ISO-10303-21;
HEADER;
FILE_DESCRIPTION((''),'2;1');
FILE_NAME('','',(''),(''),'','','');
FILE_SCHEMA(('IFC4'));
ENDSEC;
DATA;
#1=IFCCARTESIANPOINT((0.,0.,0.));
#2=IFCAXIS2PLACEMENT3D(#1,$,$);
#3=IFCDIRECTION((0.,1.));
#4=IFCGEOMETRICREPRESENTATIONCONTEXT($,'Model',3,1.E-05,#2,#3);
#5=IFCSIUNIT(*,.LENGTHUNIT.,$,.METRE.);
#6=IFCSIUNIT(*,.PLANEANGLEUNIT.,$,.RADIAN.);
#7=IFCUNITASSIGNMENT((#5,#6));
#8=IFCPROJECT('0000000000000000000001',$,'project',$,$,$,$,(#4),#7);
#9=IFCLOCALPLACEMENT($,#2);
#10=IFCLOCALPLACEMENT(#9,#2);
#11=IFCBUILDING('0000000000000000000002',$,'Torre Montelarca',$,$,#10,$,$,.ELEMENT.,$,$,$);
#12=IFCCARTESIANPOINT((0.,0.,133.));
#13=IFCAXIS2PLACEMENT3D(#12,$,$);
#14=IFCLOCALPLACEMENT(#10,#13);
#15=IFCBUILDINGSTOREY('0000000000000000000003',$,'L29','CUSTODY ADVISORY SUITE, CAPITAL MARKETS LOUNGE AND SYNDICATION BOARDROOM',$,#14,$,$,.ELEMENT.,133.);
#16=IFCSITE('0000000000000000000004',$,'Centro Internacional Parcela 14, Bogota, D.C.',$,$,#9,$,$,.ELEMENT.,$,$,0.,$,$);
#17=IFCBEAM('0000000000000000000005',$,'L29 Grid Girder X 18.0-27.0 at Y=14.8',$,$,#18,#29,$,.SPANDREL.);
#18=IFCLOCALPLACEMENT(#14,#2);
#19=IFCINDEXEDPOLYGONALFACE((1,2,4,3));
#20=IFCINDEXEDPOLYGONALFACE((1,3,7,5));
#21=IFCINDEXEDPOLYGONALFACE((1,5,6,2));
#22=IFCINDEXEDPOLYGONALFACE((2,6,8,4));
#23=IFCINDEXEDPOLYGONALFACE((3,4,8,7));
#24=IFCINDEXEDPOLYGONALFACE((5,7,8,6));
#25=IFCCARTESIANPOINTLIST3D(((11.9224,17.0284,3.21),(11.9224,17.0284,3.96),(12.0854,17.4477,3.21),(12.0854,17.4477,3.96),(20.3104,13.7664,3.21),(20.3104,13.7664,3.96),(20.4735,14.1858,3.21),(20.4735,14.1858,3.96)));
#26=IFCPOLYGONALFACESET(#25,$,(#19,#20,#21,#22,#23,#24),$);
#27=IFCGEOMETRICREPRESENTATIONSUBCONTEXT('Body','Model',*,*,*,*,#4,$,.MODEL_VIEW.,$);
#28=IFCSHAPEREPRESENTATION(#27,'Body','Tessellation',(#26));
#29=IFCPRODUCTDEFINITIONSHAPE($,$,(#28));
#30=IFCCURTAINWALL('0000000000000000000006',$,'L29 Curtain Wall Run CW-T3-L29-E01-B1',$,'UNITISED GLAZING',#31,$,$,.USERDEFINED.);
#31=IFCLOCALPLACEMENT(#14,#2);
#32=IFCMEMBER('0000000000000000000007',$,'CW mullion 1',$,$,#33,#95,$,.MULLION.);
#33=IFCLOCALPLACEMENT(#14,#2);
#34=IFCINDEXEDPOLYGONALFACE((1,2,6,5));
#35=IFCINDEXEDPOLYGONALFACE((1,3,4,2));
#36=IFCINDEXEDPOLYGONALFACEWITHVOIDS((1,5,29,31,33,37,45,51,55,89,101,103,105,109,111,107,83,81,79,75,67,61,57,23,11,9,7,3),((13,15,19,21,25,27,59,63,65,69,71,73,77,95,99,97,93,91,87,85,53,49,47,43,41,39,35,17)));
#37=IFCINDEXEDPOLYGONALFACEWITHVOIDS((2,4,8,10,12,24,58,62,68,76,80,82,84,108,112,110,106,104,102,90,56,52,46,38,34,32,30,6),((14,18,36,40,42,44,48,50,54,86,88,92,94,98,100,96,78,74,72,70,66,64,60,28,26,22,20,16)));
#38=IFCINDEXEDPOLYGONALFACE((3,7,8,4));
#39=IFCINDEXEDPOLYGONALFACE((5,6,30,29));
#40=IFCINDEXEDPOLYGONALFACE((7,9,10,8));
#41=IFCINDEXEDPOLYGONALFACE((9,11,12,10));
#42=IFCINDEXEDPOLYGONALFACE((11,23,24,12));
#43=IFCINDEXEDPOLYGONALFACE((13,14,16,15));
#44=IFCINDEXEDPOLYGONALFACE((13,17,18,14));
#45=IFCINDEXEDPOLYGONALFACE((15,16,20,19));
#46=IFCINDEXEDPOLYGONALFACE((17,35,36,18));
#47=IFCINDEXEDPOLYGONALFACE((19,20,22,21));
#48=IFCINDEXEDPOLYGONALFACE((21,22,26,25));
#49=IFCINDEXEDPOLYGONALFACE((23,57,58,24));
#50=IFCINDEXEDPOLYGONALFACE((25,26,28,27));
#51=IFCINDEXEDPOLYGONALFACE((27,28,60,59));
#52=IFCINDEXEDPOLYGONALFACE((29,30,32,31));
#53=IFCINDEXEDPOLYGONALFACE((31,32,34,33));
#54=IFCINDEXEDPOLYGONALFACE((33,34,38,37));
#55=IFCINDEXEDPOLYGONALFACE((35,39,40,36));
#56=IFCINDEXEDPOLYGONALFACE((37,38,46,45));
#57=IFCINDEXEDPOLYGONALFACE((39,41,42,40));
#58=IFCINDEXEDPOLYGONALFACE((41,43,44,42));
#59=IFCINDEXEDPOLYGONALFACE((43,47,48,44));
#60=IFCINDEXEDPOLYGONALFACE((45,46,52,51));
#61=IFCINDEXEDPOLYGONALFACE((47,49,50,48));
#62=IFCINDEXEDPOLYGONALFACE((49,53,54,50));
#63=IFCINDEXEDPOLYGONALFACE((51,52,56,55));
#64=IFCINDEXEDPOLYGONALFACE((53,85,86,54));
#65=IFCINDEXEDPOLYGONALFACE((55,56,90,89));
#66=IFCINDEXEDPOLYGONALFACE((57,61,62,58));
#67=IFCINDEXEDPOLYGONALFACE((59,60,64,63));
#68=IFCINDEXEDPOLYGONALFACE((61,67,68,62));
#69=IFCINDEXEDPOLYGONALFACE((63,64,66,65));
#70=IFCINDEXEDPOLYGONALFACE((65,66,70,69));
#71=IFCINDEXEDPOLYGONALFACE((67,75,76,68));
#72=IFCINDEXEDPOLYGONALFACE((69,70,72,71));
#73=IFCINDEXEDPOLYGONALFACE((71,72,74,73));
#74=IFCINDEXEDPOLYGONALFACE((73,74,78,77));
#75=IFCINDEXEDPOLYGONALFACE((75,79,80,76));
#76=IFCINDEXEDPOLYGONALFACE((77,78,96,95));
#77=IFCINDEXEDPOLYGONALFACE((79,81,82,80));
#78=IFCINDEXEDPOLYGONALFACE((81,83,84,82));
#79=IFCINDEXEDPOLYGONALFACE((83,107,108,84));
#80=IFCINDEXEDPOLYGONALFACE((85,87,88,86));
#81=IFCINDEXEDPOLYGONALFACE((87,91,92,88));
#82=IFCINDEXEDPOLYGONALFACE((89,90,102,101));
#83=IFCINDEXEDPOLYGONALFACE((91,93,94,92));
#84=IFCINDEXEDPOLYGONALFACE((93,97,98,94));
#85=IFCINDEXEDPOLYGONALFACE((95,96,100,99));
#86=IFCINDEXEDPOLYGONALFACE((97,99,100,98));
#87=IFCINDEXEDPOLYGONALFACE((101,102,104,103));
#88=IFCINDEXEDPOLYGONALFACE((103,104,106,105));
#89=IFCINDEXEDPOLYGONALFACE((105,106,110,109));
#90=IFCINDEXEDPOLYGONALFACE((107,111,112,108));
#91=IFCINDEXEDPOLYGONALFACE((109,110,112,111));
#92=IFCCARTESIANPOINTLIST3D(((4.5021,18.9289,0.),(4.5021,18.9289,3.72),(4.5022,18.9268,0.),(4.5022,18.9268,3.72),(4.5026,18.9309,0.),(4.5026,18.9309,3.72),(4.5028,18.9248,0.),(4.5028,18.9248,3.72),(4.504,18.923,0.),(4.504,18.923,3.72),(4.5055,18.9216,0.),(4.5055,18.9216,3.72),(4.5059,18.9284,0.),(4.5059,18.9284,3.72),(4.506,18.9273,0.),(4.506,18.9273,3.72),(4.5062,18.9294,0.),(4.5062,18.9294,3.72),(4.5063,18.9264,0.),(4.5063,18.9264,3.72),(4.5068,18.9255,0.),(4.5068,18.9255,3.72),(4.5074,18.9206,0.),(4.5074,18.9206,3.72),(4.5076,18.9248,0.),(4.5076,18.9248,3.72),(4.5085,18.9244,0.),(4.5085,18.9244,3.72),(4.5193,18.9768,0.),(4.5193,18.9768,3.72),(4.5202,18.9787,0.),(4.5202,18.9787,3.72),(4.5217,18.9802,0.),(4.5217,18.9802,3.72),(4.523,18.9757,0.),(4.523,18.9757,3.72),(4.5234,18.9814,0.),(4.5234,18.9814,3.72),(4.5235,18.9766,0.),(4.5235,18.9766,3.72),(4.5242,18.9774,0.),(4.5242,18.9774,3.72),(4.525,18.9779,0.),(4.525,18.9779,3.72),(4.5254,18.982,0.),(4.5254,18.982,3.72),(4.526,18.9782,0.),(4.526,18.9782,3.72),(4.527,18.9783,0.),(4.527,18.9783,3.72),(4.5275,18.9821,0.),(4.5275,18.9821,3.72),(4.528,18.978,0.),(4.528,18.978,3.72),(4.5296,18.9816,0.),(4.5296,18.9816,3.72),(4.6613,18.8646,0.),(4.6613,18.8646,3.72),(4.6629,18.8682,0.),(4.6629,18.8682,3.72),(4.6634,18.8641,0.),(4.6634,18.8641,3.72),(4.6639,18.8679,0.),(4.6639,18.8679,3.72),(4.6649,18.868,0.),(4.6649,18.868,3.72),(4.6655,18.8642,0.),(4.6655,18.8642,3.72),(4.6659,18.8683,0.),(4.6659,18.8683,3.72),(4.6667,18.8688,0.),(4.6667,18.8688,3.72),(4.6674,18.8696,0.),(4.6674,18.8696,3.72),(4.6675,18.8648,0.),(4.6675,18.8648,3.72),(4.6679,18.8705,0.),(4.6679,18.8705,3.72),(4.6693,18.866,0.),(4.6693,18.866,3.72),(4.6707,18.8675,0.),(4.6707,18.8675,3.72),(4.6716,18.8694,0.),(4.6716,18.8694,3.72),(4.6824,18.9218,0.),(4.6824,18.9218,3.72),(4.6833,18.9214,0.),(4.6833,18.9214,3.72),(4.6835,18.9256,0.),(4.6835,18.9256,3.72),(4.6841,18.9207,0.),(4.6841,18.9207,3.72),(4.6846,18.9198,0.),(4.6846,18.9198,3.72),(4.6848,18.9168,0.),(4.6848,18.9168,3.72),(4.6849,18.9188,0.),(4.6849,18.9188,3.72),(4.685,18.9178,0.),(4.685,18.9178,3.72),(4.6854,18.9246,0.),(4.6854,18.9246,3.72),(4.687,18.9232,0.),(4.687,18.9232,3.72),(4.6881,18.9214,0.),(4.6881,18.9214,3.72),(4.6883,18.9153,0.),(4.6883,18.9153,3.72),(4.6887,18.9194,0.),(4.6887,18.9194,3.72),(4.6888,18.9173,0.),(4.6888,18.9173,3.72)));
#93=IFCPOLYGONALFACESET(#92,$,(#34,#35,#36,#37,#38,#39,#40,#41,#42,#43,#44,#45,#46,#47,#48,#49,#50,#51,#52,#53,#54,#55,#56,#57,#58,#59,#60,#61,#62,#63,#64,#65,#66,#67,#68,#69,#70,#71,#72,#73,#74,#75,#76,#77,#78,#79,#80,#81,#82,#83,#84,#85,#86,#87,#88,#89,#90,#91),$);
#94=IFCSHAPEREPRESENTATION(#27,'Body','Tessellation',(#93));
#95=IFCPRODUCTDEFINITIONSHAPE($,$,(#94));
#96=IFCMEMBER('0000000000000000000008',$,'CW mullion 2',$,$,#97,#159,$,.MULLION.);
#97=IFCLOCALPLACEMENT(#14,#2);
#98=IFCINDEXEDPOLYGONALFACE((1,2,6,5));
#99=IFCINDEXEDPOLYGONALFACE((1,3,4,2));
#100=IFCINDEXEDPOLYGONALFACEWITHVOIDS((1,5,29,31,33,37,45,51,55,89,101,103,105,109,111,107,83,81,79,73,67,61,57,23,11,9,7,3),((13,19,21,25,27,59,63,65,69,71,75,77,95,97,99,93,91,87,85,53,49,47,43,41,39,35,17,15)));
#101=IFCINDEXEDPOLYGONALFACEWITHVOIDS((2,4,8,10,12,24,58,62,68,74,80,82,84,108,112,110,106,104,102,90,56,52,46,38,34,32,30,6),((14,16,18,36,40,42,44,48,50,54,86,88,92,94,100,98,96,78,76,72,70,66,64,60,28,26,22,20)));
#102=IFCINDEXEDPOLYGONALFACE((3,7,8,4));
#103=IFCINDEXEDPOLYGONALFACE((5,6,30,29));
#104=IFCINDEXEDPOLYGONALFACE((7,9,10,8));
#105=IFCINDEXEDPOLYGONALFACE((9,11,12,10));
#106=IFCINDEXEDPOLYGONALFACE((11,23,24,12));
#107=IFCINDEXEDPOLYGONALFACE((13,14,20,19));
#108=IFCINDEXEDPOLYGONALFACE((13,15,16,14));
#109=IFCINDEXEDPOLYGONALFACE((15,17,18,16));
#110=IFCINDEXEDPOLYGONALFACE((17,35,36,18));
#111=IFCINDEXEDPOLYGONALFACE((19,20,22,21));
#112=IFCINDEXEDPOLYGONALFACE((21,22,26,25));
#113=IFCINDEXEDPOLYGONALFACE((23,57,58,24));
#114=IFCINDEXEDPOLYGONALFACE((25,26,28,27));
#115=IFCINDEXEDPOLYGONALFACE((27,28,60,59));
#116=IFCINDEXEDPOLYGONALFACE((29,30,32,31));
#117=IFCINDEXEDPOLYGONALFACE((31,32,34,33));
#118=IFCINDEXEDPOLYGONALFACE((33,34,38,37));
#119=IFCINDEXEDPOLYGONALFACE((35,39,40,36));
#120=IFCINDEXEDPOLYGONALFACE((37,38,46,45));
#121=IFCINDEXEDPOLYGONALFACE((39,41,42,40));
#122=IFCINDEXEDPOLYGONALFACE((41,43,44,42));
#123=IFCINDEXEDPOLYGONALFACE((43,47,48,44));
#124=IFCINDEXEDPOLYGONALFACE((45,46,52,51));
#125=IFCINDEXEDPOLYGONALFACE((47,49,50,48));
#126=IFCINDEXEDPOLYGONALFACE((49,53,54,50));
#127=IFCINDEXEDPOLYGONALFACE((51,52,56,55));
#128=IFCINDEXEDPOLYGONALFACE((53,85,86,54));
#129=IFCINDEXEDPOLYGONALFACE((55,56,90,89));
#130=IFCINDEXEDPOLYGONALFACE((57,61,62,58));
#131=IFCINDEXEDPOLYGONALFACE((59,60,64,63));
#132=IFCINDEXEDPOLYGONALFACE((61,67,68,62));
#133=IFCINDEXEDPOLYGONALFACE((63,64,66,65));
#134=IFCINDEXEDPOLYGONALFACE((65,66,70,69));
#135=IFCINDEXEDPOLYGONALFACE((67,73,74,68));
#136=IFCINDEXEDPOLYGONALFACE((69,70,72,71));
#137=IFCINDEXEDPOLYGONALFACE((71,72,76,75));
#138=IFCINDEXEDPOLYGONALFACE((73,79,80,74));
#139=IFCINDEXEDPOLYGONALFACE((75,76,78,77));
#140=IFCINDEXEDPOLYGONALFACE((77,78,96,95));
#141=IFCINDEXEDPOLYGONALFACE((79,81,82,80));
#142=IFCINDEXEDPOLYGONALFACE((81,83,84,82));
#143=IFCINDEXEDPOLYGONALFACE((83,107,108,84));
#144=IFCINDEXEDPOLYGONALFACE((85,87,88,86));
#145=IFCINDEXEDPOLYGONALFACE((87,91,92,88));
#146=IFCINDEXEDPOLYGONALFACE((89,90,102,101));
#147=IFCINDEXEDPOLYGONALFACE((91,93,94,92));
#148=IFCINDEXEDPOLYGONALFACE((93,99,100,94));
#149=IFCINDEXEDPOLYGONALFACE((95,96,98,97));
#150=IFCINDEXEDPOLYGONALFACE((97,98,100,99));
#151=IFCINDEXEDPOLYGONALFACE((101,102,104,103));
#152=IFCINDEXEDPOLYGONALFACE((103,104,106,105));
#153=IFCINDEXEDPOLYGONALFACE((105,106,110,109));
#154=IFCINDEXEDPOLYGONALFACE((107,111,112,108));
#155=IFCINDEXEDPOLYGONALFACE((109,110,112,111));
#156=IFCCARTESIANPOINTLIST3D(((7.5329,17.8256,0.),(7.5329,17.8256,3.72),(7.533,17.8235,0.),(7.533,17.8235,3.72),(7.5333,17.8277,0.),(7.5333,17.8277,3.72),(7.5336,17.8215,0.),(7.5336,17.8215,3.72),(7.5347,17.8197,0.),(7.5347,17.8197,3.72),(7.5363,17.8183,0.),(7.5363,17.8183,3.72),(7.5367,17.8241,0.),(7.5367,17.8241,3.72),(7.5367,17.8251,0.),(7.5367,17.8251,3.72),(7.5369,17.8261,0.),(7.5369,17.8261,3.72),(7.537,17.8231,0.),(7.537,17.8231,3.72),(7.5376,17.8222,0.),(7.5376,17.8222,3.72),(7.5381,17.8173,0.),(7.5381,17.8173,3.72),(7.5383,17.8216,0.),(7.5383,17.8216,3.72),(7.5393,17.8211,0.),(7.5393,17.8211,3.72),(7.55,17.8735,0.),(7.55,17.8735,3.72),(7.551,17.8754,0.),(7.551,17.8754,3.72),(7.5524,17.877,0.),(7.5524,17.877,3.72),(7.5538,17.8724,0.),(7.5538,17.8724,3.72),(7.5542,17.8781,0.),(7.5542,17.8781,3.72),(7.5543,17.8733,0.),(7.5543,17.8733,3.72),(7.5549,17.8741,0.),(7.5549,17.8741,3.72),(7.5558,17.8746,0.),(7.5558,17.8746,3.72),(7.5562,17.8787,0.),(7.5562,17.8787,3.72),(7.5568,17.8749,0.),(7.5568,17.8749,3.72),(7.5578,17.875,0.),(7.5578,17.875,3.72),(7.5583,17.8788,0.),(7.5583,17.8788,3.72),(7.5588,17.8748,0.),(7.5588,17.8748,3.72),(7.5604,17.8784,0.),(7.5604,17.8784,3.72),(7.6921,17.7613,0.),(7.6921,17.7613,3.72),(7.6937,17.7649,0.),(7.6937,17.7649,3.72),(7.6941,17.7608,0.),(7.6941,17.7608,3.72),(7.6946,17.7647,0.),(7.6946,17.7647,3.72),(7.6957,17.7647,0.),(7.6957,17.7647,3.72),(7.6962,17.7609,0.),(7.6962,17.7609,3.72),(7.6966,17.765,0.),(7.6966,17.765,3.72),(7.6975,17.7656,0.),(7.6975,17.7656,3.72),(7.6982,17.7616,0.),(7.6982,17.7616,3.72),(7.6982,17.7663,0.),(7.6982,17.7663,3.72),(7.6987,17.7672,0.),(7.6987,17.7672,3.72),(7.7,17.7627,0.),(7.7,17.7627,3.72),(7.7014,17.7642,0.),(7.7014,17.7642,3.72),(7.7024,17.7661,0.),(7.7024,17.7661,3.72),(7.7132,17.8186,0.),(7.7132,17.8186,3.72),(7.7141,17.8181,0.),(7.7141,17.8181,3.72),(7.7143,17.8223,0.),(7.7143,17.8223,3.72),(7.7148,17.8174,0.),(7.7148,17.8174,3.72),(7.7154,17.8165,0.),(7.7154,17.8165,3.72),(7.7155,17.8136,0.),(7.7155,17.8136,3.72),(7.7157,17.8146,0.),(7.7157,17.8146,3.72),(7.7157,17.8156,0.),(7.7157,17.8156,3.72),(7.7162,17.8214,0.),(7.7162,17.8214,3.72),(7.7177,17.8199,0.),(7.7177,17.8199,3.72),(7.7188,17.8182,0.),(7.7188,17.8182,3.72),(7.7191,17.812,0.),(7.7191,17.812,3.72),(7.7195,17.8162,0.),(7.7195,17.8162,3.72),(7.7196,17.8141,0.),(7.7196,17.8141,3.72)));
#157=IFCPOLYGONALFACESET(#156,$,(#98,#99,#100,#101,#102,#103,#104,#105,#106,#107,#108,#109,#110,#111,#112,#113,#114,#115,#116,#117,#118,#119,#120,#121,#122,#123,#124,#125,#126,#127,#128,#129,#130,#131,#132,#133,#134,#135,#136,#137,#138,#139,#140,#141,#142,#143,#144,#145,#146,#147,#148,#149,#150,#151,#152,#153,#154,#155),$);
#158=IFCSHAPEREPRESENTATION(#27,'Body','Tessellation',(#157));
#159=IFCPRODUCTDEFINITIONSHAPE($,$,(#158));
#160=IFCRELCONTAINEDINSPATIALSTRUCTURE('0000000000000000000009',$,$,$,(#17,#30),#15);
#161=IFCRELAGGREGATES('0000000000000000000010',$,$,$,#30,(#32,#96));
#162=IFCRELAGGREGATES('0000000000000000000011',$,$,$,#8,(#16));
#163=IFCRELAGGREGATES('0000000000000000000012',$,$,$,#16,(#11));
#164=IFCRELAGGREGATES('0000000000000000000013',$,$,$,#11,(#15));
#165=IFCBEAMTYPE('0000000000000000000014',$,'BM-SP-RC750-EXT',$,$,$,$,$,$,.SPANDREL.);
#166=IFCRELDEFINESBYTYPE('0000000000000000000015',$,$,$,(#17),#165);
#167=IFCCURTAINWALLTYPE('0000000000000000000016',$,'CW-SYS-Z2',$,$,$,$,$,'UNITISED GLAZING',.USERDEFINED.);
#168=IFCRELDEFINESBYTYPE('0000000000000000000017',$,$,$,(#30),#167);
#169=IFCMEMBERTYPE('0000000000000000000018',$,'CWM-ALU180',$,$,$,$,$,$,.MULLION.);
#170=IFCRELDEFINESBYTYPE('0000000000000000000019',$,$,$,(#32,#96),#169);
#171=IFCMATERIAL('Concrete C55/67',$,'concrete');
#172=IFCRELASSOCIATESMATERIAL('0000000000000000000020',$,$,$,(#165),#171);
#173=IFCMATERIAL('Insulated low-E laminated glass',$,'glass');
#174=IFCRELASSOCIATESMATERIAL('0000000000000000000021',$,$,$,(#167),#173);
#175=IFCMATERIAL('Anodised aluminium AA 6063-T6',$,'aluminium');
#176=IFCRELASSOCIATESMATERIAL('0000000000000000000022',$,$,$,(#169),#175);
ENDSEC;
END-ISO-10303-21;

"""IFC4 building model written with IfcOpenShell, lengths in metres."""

from ifc_helpers import new_model, si_unit, direction, frame, origin, origin_2d, place, context, subcontext, project, spatial, rectangle, hollow_rectangle, extrude, source, transform, mapped, material, material_profile, profile_set, type_object, element, aggregate, save


model = new_model("IFC4")

# Units and contexts
model_context = context("Model", 3, precision=1e-05, world=origin(), true_north=direction((0.0, 1.0)))
body_context = subcontext(model_context, "Body", "Model", "MODEL_VIEW")
ifc_project = project(units=[si_unit("LENGTHUNIT", "METRE"), si_unit("PLANEANGLEUNIT", "RADIAN")], contexts=[model_context])

# Site, building, storey
site_placement = place(None, origin())
site = spatial("IfcSite", under=ifc_project, at=site_placement, Name="Centro Internacional Parcela 14, Bogota, D.C.", CompositionType="ELEMENT", RefElevation=0.0)
building_placement = place(site_placement, origin())
building = spatial("IfcBuilding", under=site, at=building_placement, Name="Torre Montelarca", CompositionType="ELEMENT")
storey_placement = place(building_placement, frame((0.0, 0.0, 133.0)))
storey = spatial("IfcBuildingStorey", under=building, at=storey_placement, Name="L29", Description="CUSTODY ADVISORY SUITE, CAPITAL MARKETS LOUNGE AND SYNDICATION BOARDROOM", CompositionType="ELEMENT", Elevation=133.0)

# Shared definitions
ifc_material_1 = material(Name="Concrete C55/67", Category="concrete")

# Beam
ifc_material_profile_1 = material_profile(ifc_material_1, rectangle(XDim=0.45, YDim=0.75, at=origin_2d()), Name="RCB450X750", Category="concrete")
ifc_profile_set_1 = profile_set([ifc_material_profile_1], Name="Concrete C55/67")
beam_type = type_object("IfcBeamType", Name="BM-SP-RC750-EXT", PredefinedType="SPANDREL", material=ifc_profile_set_1)
shared_shape_1 = source(origin(), body_context, "Body", "SweptSolid", [
    extrude(rectangle(XDim=0.45, YDim=0.75, at=origin_2d()), origin(), (0.0, 0.0, 1.0), 9.0),
])
beam_placement = place(storey_placement, frame((12.0039, 17.238, 3.585), z_axis=(0.932009, -0.362436, 0.0), x_axis=(0.362436, 0.932009, 0.0)))
element("IfcBeam", 1, at=beam_placement, inside=storey, type_object=beam_type, Name="L29 Grid Girder X 18.0-27.0 at Y=14.8", PredefinedType="SPANDREL", context=body_context, shape_type="MappedRepresentation", body=[
    mapped(shared_shape_1, transform((0.0, 0.0, 0.0), scale=1.0)),
])

# Curtain wall, members
ifc_material_2 = material(Name="Insulated low-E laminated glass", Category="glass")
curtain_wall_type = type_object("IfcCurtainWallType", Name="CW-SYS-Z2", ElementType="UNITISED GLAZING", PredefinedType="USERDEFINED", material=ifc_material_2)
curtain_wall_1_placement = place(storey_placement, origin())
curtain_wall_1 = element("IfcCurtainWall", 2, at=curtain_wall_1_placement, inside=storey, type_object=curtain_wall_type, Name="L29 Curtain Wall Run CW-T3-L29-E01-B1", ObjectType="UNITISED GLAZING", PredefinedType="USERDEFINED")
ifc_material_3 = material(Name="Anodised aluminium AA 6063-T6", Category="aluminium")
ifc_material_profile_2 = material_profile(ifc_material_3, hollow_rectangle(XDim=0.0649, YDim=0.1799, WallThickness=0.0039, InnerFilletRadius=0.0039, OuterFilletRadius=0.0081, at=origin_2d()), Name="ALU65X180X4", Category="aluminium")
ifc_profile_set_2 = profile_set([ifc_material_profile_2], Name="Anodised aluminium AA 6063-T6")
member_type_1 = type_object("IfcMemberType", Name="CWM-ALU180", PredefinedType="MULLION", material=ifc_profile_set_2)
shared_shape_2 = source(origin(), body_context, "Body", "SweptSolid", [
    extrude(hollow_rectangle(XDim=0.0649, YDim=0.1799, WallThickness=0.0039, InnerFilletRadius=0.0039, OuterFilletRadius=0.0081, at=origin_2d()), origin(), (0.0, 0.0, 1.0), 3.72),
])
member_1_placement = place(storey_placement, frame((4.5955, 18.9231, 0.0), z_axis=(0.0, 0.0, 1.0), x_axis=(0.342009, 0.939697, 0.0)))
member_1 = element("IfcMember", 3, at=member_1_placement, type_object=member_type_1, Name="CW mullion 1", PredefinedType="MULLION", context=body_context, shape_type="MappedRepresentation", body=[
    mapped(shared_shape_2, transform((0.0, 0.0, 0.0), scale=1.0)),
])
member_2_placement = place(storey_placement, frame((7.6262, 17.8198, 0.0), z_axis=(0.0, 0.0, 1.0), x_axis=(0.342009, 0.939697, 0.0)))
member_2 = element("IfcMember", 4, at=member_2_placement, type_object=member_type_1, Name="CW mullion 2", PredefinedType="MULLION", context=body_context, shape_type="MappedRepresentation", body=[
    mapped(shared_shape_2, transform((0.0, 0.0, 0.0), scale=1.0)),
])

aggregate(curtain_wall_1, [member_1, member_2])

save(model, "model.ifc")
